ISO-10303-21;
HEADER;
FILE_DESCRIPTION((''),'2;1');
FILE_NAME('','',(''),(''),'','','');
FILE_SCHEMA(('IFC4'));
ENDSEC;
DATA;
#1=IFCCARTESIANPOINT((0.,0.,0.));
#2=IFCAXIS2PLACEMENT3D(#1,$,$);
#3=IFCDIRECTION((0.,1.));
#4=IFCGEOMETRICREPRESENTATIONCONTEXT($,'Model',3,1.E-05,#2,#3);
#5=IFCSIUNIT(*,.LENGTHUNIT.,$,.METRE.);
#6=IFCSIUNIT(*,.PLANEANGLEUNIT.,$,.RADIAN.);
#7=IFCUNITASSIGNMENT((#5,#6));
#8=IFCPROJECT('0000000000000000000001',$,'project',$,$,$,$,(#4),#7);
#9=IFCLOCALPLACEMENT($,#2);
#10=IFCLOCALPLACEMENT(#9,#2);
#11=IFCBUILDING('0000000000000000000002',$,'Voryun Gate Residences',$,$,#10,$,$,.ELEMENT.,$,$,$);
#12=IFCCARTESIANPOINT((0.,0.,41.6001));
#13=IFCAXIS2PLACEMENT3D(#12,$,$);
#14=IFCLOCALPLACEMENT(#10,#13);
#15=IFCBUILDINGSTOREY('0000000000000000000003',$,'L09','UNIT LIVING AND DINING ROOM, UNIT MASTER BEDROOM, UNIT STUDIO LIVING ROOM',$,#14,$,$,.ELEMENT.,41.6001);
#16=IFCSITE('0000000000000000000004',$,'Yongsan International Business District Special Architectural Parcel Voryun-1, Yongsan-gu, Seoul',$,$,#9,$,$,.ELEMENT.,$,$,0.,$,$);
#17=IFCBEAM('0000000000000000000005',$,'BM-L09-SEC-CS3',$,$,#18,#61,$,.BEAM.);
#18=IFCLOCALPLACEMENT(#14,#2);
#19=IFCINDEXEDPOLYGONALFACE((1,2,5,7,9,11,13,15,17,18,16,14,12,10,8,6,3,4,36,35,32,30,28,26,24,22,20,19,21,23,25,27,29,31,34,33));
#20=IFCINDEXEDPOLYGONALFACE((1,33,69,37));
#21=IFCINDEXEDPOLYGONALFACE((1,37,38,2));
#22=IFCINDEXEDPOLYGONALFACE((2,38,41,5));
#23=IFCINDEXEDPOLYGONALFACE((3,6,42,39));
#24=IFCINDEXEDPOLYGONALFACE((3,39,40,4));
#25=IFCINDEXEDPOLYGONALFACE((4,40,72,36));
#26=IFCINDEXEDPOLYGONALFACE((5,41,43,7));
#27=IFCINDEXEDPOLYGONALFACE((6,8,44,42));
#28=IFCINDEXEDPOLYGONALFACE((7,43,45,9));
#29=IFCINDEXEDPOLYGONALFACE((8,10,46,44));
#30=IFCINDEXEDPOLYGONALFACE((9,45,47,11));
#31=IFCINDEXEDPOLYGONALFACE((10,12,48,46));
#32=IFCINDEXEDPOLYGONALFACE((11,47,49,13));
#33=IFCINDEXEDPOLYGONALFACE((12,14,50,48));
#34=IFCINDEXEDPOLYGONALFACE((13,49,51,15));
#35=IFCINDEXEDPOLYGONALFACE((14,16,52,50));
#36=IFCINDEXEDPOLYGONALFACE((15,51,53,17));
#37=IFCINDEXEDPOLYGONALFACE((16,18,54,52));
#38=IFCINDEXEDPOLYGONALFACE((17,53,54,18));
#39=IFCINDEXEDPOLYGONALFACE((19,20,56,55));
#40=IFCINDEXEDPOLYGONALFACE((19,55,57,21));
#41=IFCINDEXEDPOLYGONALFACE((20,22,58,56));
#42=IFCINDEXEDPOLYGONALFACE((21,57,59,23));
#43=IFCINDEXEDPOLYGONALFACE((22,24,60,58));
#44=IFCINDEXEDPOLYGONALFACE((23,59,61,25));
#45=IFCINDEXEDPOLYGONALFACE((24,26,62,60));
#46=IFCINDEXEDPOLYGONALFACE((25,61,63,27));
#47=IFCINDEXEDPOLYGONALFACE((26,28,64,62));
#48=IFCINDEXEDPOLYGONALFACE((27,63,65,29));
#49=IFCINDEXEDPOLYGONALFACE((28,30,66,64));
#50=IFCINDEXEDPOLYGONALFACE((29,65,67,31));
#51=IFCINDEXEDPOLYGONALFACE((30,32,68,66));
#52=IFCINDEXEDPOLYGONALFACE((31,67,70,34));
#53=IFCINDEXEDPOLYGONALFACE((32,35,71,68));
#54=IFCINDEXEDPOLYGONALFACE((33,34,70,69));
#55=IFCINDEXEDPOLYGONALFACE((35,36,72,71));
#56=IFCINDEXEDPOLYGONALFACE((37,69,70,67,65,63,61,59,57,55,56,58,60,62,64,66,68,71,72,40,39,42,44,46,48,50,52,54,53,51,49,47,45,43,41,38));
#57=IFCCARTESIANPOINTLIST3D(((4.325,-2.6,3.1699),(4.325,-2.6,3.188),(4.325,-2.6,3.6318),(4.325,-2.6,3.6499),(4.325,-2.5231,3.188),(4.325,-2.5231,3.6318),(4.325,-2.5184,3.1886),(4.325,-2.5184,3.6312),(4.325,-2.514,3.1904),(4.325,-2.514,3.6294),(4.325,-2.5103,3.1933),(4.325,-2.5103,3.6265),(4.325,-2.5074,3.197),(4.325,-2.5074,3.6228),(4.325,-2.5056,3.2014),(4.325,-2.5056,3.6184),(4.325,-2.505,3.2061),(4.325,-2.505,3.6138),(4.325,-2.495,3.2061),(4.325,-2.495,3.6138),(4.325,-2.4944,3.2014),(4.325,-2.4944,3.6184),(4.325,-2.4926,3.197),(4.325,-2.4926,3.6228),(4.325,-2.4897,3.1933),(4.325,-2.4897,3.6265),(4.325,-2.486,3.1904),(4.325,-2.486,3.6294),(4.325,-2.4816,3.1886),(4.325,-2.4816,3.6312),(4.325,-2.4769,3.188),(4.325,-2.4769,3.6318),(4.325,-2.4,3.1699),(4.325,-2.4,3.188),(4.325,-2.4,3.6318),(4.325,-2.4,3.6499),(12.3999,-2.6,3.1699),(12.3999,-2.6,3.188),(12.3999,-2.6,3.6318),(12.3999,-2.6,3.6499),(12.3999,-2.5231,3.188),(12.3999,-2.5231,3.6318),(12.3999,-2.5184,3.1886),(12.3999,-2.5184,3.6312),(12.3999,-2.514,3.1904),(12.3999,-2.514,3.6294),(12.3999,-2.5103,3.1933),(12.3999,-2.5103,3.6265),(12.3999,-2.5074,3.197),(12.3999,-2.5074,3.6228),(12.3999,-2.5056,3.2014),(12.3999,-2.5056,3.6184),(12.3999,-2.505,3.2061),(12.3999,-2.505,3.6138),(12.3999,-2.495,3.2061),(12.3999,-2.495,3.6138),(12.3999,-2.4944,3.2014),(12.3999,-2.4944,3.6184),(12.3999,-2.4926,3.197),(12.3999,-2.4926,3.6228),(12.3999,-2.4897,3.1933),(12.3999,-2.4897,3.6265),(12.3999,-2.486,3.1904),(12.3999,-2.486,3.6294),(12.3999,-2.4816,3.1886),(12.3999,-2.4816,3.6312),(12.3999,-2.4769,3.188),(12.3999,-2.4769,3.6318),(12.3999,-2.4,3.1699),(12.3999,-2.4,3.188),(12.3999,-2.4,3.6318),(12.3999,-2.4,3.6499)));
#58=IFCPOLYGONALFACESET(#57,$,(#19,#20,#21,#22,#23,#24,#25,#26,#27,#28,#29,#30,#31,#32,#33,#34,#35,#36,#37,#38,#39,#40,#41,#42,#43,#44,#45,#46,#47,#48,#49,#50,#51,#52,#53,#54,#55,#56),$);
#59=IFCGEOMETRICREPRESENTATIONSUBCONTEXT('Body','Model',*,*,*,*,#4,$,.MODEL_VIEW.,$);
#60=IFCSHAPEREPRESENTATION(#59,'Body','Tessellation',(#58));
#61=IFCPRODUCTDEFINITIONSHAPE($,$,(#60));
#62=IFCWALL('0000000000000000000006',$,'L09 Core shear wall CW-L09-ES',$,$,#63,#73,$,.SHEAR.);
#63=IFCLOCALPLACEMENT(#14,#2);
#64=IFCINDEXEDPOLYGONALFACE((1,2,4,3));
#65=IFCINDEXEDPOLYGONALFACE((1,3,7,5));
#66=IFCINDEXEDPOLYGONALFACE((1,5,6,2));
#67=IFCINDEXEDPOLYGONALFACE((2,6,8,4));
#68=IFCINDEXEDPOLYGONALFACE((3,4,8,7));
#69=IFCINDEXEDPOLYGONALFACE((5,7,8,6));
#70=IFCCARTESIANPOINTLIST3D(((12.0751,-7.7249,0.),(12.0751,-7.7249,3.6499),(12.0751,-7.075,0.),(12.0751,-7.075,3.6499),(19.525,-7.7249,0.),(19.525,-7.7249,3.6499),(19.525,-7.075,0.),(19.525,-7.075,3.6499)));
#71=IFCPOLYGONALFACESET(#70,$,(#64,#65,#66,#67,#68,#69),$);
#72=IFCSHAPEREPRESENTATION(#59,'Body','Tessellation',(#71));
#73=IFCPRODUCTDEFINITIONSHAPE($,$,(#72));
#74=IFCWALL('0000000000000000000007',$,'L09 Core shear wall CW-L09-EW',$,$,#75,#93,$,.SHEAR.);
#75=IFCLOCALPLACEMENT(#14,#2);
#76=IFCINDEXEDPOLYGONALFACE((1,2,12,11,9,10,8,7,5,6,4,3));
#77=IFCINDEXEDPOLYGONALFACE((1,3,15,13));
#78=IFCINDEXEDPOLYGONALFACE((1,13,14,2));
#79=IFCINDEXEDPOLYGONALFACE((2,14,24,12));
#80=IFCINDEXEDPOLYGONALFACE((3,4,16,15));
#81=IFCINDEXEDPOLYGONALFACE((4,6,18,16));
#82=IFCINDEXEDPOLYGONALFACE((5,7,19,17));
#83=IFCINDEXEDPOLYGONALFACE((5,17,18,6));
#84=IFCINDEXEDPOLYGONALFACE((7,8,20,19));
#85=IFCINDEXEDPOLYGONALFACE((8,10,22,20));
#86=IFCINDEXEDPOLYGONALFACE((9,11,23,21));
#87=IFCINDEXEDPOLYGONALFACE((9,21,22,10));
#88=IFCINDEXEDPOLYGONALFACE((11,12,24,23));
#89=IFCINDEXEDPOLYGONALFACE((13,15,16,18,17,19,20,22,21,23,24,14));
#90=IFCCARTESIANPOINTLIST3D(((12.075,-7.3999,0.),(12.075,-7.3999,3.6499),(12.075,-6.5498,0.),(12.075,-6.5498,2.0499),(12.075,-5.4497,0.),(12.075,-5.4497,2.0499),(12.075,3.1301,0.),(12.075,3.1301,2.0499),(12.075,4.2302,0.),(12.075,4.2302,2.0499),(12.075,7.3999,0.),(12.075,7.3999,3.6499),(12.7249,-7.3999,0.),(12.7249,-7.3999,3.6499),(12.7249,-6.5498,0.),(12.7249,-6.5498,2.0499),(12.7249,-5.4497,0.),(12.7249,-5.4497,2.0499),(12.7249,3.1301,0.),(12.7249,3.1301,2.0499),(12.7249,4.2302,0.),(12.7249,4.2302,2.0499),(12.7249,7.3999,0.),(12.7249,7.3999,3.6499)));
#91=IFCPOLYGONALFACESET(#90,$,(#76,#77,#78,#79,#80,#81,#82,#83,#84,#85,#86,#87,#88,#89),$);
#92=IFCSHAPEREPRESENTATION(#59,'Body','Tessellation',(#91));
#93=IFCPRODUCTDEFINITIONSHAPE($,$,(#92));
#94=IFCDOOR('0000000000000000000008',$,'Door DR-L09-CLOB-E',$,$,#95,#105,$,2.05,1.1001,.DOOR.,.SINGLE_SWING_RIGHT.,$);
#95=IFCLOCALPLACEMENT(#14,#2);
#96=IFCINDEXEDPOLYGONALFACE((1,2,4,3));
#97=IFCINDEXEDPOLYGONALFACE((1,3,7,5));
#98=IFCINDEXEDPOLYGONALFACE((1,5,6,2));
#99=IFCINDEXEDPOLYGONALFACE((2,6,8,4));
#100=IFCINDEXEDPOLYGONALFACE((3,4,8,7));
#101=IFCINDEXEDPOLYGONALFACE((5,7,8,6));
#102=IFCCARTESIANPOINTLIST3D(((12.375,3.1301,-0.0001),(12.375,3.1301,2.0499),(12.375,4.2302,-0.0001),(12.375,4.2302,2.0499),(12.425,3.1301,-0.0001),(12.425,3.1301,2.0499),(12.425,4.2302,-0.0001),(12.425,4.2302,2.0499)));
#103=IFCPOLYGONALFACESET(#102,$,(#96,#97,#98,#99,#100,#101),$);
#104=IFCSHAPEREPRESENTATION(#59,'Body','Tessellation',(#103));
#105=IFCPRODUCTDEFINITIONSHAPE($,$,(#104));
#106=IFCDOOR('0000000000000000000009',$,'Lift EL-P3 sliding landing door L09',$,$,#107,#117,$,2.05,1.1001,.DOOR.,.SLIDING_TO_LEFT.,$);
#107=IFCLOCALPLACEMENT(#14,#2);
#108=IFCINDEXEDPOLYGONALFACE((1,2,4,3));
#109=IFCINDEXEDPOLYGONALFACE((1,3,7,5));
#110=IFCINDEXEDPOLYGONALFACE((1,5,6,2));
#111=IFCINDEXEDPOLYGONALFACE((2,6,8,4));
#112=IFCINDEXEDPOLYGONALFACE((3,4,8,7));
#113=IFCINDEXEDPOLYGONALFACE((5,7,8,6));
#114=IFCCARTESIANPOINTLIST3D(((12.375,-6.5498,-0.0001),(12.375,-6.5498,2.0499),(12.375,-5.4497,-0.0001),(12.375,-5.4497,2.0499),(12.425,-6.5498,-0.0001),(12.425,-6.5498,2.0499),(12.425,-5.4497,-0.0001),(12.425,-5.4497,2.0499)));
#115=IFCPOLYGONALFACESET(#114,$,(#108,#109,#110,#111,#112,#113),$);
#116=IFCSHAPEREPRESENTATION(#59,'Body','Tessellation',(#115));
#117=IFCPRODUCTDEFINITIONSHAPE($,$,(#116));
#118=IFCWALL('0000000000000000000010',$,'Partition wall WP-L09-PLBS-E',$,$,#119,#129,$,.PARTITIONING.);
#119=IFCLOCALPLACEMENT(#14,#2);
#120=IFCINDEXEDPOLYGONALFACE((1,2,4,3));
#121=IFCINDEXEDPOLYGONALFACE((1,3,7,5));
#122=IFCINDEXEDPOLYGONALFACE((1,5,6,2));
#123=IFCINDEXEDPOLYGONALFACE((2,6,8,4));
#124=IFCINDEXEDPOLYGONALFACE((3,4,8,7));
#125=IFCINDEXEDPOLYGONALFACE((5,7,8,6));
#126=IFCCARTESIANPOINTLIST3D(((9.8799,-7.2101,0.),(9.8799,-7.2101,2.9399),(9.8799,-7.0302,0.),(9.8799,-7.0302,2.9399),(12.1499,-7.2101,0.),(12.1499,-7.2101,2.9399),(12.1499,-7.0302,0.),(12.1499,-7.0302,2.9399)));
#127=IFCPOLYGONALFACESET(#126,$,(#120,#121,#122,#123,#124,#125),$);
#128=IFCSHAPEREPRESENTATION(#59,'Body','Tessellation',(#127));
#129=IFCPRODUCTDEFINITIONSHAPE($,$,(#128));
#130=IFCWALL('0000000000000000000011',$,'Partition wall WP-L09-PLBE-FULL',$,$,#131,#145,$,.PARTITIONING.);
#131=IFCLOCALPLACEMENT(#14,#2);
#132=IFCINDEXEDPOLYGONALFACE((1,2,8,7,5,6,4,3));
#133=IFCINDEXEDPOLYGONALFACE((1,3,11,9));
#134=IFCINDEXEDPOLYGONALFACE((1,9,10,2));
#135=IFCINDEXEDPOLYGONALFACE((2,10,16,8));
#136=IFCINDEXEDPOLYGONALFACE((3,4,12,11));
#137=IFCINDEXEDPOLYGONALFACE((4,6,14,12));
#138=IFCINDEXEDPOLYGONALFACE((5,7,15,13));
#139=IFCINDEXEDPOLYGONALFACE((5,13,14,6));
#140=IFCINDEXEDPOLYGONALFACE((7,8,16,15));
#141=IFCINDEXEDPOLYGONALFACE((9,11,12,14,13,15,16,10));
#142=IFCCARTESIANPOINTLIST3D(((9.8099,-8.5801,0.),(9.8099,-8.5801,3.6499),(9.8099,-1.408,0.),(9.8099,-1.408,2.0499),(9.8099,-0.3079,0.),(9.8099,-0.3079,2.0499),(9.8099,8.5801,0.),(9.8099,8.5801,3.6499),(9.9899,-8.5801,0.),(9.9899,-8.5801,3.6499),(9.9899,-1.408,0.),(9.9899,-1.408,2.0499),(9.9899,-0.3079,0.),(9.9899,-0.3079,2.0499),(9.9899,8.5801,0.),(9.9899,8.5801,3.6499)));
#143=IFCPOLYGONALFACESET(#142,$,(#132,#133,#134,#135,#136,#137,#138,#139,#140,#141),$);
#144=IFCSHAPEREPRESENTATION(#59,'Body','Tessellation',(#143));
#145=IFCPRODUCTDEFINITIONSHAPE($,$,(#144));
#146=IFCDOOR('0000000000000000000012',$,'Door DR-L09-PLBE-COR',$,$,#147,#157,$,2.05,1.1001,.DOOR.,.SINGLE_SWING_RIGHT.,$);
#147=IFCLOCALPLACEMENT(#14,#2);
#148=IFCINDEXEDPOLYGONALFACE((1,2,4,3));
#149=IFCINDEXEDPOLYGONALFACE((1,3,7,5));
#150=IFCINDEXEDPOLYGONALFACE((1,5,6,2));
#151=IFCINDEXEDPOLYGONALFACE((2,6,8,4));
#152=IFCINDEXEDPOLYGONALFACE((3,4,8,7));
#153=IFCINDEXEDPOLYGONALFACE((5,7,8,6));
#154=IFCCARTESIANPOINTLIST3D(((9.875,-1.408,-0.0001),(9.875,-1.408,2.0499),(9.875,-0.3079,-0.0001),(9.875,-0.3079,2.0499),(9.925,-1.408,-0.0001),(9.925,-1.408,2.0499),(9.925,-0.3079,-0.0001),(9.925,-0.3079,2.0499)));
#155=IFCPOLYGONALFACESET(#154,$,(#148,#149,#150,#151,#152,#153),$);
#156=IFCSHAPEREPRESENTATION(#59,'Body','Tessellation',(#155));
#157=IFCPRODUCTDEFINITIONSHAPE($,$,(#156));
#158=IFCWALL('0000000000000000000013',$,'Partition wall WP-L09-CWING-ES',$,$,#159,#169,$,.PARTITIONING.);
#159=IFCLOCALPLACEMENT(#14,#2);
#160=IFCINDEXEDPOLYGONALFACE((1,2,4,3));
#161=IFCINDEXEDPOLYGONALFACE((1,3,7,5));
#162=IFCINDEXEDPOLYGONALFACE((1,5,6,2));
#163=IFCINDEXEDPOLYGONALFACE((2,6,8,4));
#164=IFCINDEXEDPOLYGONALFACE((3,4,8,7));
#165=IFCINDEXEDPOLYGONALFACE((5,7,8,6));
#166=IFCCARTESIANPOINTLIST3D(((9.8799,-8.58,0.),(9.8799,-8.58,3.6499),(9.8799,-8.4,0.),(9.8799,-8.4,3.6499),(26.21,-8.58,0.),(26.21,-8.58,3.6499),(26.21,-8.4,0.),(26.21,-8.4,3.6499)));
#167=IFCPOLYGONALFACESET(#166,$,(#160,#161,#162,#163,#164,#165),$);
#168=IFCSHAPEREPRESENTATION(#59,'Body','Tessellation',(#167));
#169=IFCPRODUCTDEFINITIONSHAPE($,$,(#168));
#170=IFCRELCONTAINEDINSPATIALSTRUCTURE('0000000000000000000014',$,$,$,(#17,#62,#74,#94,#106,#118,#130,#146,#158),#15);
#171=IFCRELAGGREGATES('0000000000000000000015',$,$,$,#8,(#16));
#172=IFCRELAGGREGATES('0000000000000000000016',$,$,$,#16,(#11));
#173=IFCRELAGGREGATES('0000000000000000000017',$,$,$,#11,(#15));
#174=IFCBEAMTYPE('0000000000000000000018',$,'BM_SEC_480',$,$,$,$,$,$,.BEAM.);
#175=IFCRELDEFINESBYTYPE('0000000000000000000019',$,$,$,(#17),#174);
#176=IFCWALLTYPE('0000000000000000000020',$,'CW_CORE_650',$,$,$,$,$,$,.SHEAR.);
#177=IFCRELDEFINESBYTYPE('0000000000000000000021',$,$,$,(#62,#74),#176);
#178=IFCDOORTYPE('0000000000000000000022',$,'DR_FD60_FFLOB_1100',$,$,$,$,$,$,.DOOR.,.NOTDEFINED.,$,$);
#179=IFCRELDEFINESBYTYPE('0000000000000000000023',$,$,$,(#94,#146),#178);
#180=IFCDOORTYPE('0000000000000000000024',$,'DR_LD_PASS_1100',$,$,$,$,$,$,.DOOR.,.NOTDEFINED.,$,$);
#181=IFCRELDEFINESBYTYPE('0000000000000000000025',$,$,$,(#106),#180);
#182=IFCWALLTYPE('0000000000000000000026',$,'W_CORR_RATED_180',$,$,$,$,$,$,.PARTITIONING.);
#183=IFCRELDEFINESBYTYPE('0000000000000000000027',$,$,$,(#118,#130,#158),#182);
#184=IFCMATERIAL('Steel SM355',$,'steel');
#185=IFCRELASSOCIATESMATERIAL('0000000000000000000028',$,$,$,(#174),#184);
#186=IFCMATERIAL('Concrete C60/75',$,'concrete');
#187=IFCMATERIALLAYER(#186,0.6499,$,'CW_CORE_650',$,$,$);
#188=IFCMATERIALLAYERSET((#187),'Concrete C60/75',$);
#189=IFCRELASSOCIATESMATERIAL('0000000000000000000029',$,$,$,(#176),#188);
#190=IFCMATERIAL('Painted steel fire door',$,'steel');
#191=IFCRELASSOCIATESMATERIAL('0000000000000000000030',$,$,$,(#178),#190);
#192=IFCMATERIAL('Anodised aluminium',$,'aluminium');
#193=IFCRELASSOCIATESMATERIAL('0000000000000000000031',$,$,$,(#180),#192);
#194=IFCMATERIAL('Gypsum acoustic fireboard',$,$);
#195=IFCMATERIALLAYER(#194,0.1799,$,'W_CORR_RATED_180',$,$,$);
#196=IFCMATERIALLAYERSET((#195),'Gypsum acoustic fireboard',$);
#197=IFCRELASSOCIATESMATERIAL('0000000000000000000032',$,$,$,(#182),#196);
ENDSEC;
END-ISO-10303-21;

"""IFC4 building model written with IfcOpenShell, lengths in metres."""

from ifc_helpers import new_model, si_unit, direction, frame, frame_2d, origin, origin_2d, place, context, subcontext, project, spatial, rectangle, i_section, extrude, material, layer, layer_set, material_profile, profile_set, type_object, element, fill, save


model = new_model("IFC4")

# Units and contexts
model_context = context("Model", 3, precision=1e-05, world=origin(), true_north=direction((0.0, 1.0)))
body_context = subcontext(model_context, "Body", "Model", "MODEL_VIEW")
ifc_project = project(units=[si_unit("LENGTHUNIT", "METRE"), si_unit("PLANEANGLEUNIT", "RADIAN")], contexts=[model_context])

# Site, building, storey
site_placement = place(None, origin())
site = spatial("IfcSite", under=ifc_project, at=site_placement, Name="Yongsan International Business District Special Architectural Parcel Voryun-1, Yongsan-gu, Seoul", CompositionType="ELEMENT", RefElevation=0.0)
building_placement = place(site_placement, origin())
building = spatial("IfcBuilding", under=site, at=building_placement, Name="Voryun Gate Residences", CompositionType="ELEMENT")
storey_placement = place(building_placement, frame((0.0, 0.0, 41.6001)))
storey = spatial("IfcBuildingStorey", under=building, at=storey_placement, Name="L09", Description="UNIT LIVING AND DINING ROOM, UNIT MASTER BEDROOM, UNIT STUDIO LIVING ROOM", CompositionType="ELEMENT", Elevation=41.6001)

# Beam
ifc_material_1 = material(Name="Steel SM355", Category="steel")
ifc_material_profile_1 = material_profile(ifc_material_1, i_section(OverallWidth=0.2, OverallDepth=0.48, WebThickness=0.01, FlangeThickness=0.0181, FilletRadius=0.0181, at=origin_2d()), Name="H-480x200x10x18")
ifc_profile_set_1 = profile_set([ifc_material_profile_1], Name="Steel SM355")
beam_type_1 = type_object("IfcBeamType", Name="BM_SEC_480", PredefinedType="BEAM", material=ifc_profile_set_1)
beam_1_placement = place(storey_placement, frame((4.325, -2.5, 3.4099), z_axis=(1.0, 0.0, 0.0), x_axis=(0.0, 1.0, 0.0)))
element("IfcBeam", 1, at=beam_1_placement, inside=storey, type_object=beam_type_1, Name="BM-L09-SEC-CS3", PredefinedType="BEAM", context=body_context, shape_type="SweptSolid", body=[
    extrude(i_section(OverallWidth=0.2, OverallDepth=0.48, WebThickness=0.01, FlangeThickness=0.0181, FilletRadius=0.0181, at=origin_2d()), origin(), (0.0, 0.0, 1.0), 8.075),
])

# Wall
ifc_material_2 = material(Name="Concrete C60/75", Category="concrete")
ifc_layer_1 = layer(ifc_material_2, 0.6499, Name="CW_CORE_650")
ifc_layer_set_1 = layer_set([ifc_layer_1], Name="Concrete C60/75")
wall_type_1 = type_object("IfcWallType", Name="CW_CORE_650", PredefinedType="SHEAR", material=ifc_layer_set_1)
wall_1_placement = place(storey_placement, frame((12.075, -7.3999, 0.0), z_axis=(0.0, 0.0, 1.0), x_axis=(1.0, 0.0, 0.0)))
element("IfcWall", 2, at=wall_1_placement, inside=storey, type_object=wall_type_1, Name="L09 Core shear wall CW-L09-ES", PredefinedType="SHEAR", context=body_context, shape_type="SweptSolid", body=[
    extrude(rectangle(XDim=7.45, YDim=0.6499, at=frame_2d((3.7251, 0.0))), origin(), (0.0, 0.0, 1.0), 3.6499),
])

# Wall, openings, doors
wall_2_placement = place(storey_placement, frame((12.3999, -7.3999, 0.0), z_axis=(0.0, 0.0, 1.0), x_axis=(0.0, 1.0, 0.0)))
wall_2 = element("IfcWall", 3, at=wall_2_placement, inside=storey, type_object=wall_type_1, Name="L09 Core shear wall CW-L09-EW", PredefinedType="SHEAR", context=body_context, shape_type="SweptSolid", body=[
    extrude(rectangle(XDim=14.7998, YDim=0.6499, at=frame_2d((7.3999, 0.0))), origin(), (0.0, 0.0, 1.0), 3.6499),
])
opening_1_placement = place(wall_2_placement, frame((0.8501, 0.0, 0.0)))
opening_1 = element("IfcOpeningElement", 4, at=opening_1_placement, cuts=wall_2, PredefinedType="OPENING", context=body_context, shape_type="SweptSolid", body=[
    extrude(rectangle(XDim=1.1001, YDim=2.05, at=frame_2d((0.55, 1.0249))), frame((0.0, 0.335, 0.0), z_axis=(0.0, -1.0, 0.0), x_axis=(1.0, 0.0, 0.0)), (0.0, 0.0, 1.0), 0.6699),
])
opening_2_placement = place(wall_2_placement, frame((10.53, 0.0, 0.0)))
opening_2 = element("IfcOpeningElement", 5, at=opening_2_placement, cuts=wall_2, PredefinedType="OPENING", context=body_context, shape_type="SweptSolid", body=[
    extrude(rectangle(XDim=1.1001, YDim=2.05, at=frame_2d((0.55, 1.0249))), frame((0.0, 0.335, 0.0), z_axis=(0.0, -1.0, 0.0), x_axis=(1.0, 0.0, 0.0)), (0.0, 0.0, 1.0), 0.6699),
])
ifc_material_3 = material(Name="Painted steel fire door", Category="steel")
door_type_1 = type_object("IfcDoorType", Name="DR_FD60_FFLOB_1100", OperationType="NOTDEFINED", PredefinedType="DOOR", material=ifc_material_3)
door_1_placement = place(opening_2_placement, origin())
door_1 = element("IfcDoor", 6, at=door_1_placement, inside=storey, type_object=door_type_1, Name="Door DR-L09-CLOB-E", OperationType="SINGLE_SWING_RIGHT", OverallHeight=2.05, OverallWidth=1.1001, PredefinedType="DOOR", context=body_context, shape_type="SweptSolid", body=[
    extrude(rectangle(XDim=1.1001, YDim=2.05, at=frame_2d((0.55, 1.0249))), frame((0.0, 0.0249, 0.0), z_axis=(0.0, -1.0, 0.0), x_axis=(1.0, 0.0, 0.0)), (0.0, 0.0, 1.0), 0.05),
])
fill(opening_2, door_1)
ifc_material_4 = material(Name="Anodised aluminium", Category="aluminium")
door_type_2 = type_object("IfcDoorType", Name="DR_LD_PASS_1100", OperationType="NOTDEFINED", PredefinedType="DOOR", material=ifc_material_4)
door_2_placement = place(opening_1_placement, origin())
door_2 = element("IfcDoor", 7, at=door_2_placement, inside=storey, type_object=door_type_2, Name="Lift EL-P3 sliding landing door L09", OperationType="SLIDING_TO_LEFT", OverallHeight=2.05, OverallWidth=1.1001, PredefinedType="DOOR", context=body_context, shape_type="SweptSolid", body=[
    extrude(rectangle(XDim=1.1001, YDim=2.05, at=frame_2d((0.55, 1.0249))), frame((0.0, 0.0249, 0.0), z_axis=(0.0, -1.0, 0.0), x_axis=(1.0, 0.0, 0.0)), (0.0, 0.0, 1.0), 0.05),
])
fill(opening_1, door_2)

# Wall
ifc_material_5 = material(Name="Gypsum acoustic fireboard")
ifc_layer_2 = layer(ifc_material_5, 0.1799, Name="W_CORR_RATED_180")
ifc_layer_set_2 = layer_set([ifc_layer_2], Name="Gypsum acoustic fireboard")
wall_type_2 = type_object("IfcWallType", Name="W_CORR_RATED_180", PredefinedType="PARTITIONING", material=ifc_layer_set_2)
wall_3_placement = place(storey_placement, frame((9.8799, -7.1201, 0.0), z_axis=(0.0, 0.0, 1.0), x_axis=(1.0, 0.0, 0.0)))
element("IfcWall", 8, at=wall_3_placement, inside=storey, type_object=wall_type_2, Name="Partition wall WP-L09-PLBS-E", PredefinedType="PARTITIONING", context=body_context, shape_type="SweptSolid", body=[
    extrude(rectangle(XDim=2.27, YDim=0.1799, at=frame_2d((1.135, 0.0))), origin(), (0.0, 0.0, 1.0), 2.9399),
])

# Wall, opening, door
wall_4_placement = place(storey_placement, frame((9.8999, -8.5801, 0.0), z_axis=(0.0, 0.0, 1.0), x_axis=(0.0, 1.0, 0.0)))
wall_4 = element("IfcWall", 9, at=wall_4_placement, inside=storey, type_object=wall_type_2, Name="Partition wall WP-L09-PLBE-FULL", PredefinedType="PARTITIONING", context=body_context, shape_type="SweptSolid", body=[
    extrude(rectangle(XDim=17.1602, YDim=0.1799, at=frame_2d((8.5801, 0.0))), origin(), (0.0, 0.0, 1.0), 3.6499),
])
opening_3_placement = place(wall_4_placement, frame((7.1721, 0.0, 0.0)))
opening_3 = element("IfcOpeningElement", 10, at=opening_3_placement, cuts=wall_4, PredefinedType="OPENING", context=body_context, shape_type="SweptSolid", body=[
    extrude(rectangle(XDim=1.1001, YDim=2.05, at=frame_2d((0.55, 1.0249))), frame((0.0, 0.0999, 0.0), z_axis=(0.0, -1.0, 0.0), x_axis=(1.0, 0.0, 0.0)), (0.0, 0.0, 1.0), 0.2),
])
door_3_placement = place(opening_3_placement, origin())
door_3 = element("IfcDoor", 11, at=door_3_placement, inside=storey, type_object=door_type_1, Name="Door DR-L09-PLBE-COR", OperationType="SINGLE_SWING_RIGHT", OverallHeight=2.05, OverallWidth=1.1001, PredefinedType="DOOR", context=body_context, shape_type="SweptSolid", body=[
    extrude(rectangle(XDim=1.1001, YDim=2.05, at=frame_2d((0.55, 1.0249))), frame((0.0, 0.0249, 0.0), z_axis=(0.0, -1.0, 0.0), x_axis=(1.0, 0.0, 0.0)), (0.0, 0.0, 1.0), 0.05),
])
fill(opening_3, door_3)

# Wall
wall_5_placement = place(storey_placement, frame((9.8799, -8.49, 0.0), z_axis=(0.0, 0.0, 1.0), x_axis=(1.0, 0.0, 0.0)))
element("IfcWall", 12, at=wall_5_placement, inside=storey, type_object=wall_type_2, Name="Partition wall WP-L09-CWING-ES", PredefinedType="PARTITIONING", context=body_context, shape_type="SweptSolid", body=[
    extrude(rectangle(XDim=16.3301, YDim=0.1799, at=frame_2d((8.165, 0.0))), origin(), (0.0, 0.0, 1.0), 3.6499),
])

save(model, "model.ifc")
